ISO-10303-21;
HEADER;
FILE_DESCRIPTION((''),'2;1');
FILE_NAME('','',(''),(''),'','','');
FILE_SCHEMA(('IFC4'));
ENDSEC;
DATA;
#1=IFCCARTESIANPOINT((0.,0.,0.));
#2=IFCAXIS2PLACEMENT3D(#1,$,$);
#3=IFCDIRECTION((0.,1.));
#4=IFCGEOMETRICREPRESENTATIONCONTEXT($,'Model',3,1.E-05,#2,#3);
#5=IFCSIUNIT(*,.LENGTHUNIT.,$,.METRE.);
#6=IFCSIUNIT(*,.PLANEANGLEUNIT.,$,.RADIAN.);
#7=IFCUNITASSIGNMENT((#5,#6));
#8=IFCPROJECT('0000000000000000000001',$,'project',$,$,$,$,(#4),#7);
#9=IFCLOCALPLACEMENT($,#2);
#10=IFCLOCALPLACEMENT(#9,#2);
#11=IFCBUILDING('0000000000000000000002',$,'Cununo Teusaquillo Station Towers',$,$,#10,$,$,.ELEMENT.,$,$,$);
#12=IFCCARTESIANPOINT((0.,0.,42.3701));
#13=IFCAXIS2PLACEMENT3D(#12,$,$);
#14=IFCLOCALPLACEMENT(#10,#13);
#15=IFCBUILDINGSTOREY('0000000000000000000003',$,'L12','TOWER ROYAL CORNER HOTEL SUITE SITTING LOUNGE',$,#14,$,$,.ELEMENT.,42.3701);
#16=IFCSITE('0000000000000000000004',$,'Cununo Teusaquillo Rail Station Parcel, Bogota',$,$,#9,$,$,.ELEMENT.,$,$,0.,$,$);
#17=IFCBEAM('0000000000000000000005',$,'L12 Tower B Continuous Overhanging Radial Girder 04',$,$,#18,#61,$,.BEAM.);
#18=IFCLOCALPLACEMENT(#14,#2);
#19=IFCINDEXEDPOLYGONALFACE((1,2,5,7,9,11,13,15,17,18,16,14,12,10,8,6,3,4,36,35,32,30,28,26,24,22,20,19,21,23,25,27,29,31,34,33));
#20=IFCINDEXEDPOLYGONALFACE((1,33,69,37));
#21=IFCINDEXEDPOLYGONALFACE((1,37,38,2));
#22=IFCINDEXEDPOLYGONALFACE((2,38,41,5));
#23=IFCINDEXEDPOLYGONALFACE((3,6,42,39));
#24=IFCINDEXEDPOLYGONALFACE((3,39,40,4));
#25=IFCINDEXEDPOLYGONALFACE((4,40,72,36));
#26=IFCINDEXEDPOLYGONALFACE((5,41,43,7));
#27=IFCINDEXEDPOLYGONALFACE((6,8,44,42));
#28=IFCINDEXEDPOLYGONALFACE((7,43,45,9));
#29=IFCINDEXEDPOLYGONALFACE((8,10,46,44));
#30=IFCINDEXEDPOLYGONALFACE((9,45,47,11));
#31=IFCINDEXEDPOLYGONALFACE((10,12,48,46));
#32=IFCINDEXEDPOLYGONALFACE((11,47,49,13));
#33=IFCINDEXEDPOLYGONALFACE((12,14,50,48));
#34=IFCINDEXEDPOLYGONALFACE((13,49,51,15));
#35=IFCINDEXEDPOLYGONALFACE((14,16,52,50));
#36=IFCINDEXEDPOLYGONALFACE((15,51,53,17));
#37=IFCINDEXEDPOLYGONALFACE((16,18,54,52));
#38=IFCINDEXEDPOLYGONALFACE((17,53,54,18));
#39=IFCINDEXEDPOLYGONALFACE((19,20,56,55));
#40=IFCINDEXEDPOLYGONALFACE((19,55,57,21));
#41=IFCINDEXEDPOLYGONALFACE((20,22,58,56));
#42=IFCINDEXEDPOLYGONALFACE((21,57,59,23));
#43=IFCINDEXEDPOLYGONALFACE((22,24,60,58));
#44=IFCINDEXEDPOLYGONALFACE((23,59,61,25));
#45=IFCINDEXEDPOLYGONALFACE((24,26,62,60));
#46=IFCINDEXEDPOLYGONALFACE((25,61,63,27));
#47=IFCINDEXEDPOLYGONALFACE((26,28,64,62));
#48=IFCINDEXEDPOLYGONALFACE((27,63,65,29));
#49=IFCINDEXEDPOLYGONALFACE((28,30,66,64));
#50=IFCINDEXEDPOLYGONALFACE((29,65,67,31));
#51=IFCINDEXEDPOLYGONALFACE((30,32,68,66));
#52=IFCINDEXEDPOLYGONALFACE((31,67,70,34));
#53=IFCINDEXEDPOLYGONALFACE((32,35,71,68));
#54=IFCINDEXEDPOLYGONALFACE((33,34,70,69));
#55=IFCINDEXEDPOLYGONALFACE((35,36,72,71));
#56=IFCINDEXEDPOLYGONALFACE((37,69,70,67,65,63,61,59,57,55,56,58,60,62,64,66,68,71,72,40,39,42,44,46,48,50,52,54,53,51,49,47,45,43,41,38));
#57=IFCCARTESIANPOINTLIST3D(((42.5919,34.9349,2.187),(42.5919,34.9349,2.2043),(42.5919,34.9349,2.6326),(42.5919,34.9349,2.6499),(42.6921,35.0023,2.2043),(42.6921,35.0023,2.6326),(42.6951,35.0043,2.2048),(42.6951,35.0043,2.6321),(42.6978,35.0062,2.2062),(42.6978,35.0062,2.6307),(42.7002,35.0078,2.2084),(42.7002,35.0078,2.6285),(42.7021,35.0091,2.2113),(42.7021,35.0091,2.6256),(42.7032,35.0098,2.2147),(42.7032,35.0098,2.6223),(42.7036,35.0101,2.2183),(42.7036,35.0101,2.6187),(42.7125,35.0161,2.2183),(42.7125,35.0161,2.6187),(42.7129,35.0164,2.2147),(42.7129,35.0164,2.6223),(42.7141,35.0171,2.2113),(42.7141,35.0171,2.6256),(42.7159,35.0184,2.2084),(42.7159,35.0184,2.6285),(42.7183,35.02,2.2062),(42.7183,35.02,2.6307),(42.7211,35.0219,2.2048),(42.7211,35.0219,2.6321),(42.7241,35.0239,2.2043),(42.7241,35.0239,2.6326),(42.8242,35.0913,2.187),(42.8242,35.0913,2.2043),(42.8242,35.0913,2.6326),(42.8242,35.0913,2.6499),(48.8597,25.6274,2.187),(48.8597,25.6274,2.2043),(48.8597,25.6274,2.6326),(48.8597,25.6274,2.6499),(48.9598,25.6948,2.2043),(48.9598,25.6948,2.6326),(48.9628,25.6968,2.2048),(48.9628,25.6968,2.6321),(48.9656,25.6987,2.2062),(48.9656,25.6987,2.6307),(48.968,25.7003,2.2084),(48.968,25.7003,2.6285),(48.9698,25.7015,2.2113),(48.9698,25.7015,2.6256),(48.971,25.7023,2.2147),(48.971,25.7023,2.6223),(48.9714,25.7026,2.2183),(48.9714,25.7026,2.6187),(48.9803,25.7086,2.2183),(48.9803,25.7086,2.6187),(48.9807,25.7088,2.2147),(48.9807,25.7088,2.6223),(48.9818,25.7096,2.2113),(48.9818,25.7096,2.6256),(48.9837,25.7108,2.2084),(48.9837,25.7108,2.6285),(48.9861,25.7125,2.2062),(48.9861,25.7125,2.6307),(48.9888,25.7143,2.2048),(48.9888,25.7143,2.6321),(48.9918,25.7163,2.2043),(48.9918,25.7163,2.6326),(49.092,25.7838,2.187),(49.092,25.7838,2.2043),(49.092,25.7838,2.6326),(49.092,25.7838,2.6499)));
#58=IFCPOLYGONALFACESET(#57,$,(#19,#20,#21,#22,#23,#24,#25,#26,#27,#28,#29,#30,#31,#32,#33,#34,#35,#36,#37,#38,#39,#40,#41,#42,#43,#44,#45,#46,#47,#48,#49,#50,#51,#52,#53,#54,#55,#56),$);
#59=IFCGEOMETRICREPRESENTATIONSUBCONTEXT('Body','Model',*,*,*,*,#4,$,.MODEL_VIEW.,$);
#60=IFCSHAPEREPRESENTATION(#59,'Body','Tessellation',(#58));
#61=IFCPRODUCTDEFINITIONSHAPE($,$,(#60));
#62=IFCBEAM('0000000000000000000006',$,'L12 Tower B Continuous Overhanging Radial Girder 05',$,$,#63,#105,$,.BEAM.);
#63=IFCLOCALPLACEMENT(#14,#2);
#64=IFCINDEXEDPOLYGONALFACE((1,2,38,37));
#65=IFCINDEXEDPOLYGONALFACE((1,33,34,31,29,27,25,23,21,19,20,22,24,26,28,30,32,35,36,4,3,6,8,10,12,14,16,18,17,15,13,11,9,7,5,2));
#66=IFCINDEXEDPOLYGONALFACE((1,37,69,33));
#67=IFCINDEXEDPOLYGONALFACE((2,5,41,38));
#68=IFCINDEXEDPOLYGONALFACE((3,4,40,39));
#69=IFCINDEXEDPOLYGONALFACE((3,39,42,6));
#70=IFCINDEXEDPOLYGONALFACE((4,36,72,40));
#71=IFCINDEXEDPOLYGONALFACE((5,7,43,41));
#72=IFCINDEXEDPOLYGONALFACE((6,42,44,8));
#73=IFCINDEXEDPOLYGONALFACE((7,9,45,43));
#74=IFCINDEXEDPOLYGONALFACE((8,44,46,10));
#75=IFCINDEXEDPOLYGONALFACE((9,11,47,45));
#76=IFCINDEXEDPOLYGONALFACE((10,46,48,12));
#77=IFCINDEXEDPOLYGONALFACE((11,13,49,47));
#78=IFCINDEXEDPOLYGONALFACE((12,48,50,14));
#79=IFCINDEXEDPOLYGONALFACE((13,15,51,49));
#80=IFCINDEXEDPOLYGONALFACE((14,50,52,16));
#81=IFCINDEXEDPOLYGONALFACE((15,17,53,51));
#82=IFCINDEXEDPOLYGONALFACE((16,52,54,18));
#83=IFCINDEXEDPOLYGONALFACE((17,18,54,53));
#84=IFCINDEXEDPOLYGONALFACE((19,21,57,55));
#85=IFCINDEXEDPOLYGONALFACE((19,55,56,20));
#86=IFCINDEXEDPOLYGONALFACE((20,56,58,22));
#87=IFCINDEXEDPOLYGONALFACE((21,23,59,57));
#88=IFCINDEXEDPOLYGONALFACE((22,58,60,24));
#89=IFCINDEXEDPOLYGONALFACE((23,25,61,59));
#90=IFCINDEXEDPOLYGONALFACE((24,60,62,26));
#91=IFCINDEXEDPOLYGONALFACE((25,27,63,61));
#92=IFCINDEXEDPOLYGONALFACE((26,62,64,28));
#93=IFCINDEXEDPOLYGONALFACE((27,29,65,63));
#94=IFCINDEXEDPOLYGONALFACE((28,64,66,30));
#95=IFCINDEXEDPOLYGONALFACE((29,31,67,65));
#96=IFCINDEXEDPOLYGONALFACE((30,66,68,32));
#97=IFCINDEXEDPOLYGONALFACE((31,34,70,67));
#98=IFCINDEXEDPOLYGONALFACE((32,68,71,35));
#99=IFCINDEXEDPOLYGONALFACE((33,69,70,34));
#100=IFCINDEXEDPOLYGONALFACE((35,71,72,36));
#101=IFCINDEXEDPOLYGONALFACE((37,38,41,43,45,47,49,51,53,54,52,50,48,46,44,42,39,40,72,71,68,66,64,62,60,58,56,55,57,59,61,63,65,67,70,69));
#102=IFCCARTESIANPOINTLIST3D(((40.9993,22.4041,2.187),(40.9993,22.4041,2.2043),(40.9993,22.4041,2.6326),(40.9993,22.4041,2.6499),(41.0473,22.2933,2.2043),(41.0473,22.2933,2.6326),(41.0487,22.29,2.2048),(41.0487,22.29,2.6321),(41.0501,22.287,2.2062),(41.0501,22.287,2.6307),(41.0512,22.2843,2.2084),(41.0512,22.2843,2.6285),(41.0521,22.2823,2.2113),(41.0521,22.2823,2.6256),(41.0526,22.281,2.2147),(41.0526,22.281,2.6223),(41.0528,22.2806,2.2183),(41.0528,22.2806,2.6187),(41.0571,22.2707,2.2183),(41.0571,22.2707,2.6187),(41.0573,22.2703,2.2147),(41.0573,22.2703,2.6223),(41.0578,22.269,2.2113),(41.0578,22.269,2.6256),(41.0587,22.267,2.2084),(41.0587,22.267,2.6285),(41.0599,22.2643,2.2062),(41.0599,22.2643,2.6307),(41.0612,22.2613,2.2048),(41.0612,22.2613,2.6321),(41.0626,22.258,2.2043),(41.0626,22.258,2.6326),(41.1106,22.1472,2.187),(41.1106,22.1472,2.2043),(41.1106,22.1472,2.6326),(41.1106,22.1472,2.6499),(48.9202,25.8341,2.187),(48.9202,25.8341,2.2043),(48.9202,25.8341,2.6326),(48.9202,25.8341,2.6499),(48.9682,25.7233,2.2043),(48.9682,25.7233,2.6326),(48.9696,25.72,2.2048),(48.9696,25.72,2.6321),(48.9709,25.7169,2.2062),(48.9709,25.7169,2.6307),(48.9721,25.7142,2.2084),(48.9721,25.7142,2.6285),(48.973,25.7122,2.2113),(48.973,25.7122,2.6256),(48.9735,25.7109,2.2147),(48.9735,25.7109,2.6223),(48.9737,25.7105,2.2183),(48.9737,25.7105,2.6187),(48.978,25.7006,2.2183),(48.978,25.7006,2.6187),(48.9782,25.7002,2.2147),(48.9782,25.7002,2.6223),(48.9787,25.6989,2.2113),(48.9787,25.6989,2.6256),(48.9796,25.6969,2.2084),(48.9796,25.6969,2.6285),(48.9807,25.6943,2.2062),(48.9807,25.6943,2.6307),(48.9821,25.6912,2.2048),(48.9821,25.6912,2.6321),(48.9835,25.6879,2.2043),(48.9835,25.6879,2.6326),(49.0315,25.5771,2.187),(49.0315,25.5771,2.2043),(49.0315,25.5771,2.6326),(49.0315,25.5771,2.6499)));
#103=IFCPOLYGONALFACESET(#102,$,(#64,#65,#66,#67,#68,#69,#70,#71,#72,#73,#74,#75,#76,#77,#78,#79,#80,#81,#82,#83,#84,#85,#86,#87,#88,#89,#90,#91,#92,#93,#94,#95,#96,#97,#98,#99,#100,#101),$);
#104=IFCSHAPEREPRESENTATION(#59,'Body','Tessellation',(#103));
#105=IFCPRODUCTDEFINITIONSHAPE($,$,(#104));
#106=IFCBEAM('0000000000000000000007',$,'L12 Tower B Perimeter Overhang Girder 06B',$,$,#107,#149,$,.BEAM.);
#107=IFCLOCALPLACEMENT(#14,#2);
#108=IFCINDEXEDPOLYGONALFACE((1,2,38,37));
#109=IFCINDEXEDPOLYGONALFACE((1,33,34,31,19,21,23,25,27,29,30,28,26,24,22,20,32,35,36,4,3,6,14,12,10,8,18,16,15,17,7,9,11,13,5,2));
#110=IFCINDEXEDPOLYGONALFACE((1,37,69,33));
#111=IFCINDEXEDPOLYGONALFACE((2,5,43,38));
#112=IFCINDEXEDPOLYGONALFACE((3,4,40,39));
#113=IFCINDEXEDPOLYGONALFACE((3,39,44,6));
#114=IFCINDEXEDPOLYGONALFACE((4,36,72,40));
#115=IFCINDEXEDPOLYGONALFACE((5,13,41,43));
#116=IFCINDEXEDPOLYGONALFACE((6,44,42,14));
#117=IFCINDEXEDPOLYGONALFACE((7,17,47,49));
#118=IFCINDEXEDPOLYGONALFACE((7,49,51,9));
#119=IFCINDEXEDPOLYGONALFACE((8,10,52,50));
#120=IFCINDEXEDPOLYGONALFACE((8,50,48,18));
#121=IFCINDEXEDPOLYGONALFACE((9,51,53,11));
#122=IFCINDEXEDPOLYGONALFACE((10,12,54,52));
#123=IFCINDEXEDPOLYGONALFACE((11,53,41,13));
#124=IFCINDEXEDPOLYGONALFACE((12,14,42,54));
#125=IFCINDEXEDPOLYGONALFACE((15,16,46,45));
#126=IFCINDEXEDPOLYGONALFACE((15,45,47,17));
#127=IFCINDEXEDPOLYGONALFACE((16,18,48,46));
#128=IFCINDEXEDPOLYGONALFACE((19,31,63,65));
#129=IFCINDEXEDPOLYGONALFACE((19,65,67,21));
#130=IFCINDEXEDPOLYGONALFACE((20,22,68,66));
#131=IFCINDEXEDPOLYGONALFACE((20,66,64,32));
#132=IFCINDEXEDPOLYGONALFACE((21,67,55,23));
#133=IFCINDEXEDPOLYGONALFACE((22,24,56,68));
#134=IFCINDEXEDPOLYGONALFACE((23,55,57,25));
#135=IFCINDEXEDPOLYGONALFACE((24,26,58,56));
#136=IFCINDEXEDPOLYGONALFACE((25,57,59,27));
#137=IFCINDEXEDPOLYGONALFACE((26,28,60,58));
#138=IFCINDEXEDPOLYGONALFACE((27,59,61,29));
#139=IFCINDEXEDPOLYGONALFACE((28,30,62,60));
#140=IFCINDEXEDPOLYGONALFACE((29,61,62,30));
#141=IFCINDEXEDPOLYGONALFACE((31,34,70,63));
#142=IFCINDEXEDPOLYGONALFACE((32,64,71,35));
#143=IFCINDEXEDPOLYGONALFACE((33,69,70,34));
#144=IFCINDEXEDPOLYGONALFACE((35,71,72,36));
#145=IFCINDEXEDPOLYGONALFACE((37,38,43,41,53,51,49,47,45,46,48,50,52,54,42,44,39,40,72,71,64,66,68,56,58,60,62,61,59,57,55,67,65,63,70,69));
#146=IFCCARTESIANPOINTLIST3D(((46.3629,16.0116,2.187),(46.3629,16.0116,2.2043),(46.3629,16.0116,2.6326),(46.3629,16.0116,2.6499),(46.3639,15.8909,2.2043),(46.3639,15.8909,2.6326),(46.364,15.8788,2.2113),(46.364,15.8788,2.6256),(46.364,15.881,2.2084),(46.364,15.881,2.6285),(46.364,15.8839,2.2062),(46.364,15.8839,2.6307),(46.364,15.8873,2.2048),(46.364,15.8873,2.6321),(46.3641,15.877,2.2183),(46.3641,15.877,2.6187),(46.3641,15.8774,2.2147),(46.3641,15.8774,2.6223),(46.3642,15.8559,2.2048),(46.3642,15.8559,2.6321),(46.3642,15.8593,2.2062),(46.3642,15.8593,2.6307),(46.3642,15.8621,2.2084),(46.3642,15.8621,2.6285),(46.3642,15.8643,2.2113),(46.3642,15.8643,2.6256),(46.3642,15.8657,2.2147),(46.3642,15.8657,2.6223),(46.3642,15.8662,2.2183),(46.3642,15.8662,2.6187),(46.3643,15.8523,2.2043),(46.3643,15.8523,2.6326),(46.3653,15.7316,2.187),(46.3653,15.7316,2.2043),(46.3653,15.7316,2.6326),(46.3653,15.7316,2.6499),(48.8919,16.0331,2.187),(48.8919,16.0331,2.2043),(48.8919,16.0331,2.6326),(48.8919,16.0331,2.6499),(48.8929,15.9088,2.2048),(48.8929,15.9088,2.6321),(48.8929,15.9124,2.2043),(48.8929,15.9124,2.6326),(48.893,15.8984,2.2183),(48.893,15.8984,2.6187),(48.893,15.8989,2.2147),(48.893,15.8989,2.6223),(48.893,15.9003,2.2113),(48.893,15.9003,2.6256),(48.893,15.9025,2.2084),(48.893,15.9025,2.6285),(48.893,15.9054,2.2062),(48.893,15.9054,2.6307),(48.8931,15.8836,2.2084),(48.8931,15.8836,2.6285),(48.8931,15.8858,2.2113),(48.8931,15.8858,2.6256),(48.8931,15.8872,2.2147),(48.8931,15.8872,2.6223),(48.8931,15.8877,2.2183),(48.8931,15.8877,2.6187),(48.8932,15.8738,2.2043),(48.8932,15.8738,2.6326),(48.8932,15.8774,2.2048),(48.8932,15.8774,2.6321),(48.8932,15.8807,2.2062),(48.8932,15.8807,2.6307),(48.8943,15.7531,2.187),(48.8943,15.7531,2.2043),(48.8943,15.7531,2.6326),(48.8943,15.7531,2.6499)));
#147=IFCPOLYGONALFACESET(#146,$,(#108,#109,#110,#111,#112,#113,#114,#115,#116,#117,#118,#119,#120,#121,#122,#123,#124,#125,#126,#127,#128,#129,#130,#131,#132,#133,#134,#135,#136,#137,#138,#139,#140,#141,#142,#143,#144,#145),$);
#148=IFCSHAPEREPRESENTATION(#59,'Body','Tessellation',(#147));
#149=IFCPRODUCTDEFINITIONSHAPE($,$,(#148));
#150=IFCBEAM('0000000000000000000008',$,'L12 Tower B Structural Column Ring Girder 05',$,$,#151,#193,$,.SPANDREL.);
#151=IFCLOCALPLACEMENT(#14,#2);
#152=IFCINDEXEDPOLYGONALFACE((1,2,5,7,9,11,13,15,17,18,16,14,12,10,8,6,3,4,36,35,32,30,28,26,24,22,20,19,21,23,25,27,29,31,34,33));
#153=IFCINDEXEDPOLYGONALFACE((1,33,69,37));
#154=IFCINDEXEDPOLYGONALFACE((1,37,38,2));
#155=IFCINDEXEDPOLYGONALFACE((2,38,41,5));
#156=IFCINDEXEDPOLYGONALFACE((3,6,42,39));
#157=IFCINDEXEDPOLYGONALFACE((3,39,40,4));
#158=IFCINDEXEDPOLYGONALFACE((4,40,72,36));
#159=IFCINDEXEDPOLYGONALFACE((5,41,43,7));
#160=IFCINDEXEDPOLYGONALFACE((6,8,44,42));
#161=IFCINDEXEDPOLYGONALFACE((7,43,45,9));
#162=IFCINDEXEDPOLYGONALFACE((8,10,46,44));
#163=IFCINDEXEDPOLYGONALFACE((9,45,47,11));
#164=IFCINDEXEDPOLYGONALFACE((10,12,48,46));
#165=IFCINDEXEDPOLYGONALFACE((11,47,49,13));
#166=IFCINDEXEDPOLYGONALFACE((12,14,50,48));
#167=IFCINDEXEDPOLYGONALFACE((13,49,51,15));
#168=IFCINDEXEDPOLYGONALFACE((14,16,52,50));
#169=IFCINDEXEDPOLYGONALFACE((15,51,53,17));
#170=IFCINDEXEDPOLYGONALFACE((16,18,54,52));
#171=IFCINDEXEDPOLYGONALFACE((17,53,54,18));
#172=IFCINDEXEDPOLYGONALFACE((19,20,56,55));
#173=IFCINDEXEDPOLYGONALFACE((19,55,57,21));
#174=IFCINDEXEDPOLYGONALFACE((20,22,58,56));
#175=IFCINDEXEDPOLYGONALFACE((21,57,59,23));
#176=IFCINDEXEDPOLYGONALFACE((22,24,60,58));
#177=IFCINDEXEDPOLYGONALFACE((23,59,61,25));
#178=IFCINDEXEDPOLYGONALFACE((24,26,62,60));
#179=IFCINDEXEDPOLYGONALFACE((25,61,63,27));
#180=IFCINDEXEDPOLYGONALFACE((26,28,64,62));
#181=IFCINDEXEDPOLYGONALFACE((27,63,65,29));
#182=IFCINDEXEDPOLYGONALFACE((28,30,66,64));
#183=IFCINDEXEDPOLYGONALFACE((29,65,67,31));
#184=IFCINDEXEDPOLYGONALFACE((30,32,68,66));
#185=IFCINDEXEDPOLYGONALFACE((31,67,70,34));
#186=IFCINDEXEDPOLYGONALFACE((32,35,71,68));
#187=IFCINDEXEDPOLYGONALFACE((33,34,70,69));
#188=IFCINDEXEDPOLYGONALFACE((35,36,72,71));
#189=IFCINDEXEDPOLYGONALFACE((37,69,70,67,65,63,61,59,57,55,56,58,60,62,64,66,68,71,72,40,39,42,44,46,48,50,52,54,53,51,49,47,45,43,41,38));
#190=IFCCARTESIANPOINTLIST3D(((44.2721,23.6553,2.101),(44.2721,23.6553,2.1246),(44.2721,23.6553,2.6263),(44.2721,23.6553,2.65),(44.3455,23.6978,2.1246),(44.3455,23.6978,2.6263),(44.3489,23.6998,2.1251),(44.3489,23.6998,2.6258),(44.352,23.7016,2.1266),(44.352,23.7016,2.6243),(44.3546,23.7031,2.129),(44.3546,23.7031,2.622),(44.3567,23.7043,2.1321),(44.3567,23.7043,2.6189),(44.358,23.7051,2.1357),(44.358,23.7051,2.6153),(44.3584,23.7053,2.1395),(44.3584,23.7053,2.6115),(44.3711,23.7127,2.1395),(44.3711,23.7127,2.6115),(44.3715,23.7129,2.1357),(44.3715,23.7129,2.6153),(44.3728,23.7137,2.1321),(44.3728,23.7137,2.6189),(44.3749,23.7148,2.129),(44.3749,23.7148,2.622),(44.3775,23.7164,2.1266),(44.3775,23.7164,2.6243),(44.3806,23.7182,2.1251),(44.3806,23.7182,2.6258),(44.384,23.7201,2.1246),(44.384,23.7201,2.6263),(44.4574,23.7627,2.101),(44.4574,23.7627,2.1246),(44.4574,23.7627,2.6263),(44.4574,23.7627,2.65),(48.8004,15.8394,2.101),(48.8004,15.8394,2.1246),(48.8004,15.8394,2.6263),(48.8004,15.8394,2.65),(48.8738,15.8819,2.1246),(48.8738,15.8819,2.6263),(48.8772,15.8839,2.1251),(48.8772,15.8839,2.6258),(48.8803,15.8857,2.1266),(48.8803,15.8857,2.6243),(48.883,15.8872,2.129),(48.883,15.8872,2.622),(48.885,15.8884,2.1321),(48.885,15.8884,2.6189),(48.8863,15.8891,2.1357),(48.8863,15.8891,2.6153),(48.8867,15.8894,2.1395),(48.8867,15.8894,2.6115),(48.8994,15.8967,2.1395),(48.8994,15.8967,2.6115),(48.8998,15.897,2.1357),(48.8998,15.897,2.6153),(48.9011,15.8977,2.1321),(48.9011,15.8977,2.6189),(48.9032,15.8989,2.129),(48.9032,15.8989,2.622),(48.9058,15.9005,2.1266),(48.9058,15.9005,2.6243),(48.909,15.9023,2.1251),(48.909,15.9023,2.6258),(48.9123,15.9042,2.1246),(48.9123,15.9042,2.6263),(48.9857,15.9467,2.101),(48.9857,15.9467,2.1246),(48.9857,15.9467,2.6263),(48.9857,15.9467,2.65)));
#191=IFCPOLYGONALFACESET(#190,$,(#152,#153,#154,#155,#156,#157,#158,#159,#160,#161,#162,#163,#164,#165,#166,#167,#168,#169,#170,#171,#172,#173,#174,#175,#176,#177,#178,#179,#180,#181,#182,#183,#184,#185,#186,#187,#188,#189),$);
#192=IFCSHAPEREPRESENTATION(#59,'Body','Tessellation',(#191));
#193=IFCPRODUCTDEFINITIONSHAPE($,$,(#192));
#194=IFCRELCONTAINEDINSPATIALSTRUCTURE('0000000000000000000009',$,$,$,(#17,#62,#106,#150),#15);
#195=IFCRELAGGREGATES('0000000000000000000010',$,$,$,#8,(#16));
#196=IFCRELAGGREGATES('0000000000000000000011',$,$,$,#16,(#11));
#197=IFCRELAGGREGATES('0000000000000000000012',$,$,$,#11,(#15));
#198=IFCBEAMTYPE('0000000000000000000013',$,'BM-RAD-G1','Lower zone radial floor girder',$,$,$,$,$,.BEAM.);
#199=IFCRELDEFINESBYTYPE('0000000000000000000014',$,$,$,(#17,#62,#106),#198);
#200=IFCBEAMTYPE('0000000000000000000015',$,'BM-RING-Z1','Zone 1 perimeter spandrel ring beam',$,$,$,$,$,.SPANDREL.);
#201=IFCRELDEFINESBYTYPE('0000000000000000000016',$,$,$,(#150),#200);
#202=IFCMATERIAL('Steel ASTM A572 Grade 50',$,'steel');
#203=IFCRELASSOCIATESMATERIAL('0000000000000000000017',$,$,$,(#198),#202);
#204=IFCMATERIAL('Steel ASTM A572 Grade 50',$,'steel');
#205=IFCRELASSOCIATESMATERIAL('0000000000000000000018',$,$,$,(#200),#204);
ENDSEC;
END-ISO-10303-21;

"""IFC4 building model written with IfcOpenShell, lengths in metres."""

from ifc_helpers import new_model, si_unit, direction, frame, origin, origin_2d, place, context, subcontext, project, spatial, i_section, extrude, material, material_profile, profile_set, type_object, element, save


model = new_model("IFC4")

# Units and contexts
model_context = context("Model", 3, precision=1e-05, world=origin(), true_north=direction((0.0, 1.0)))
body_context = subcontext(model_context, "Body", "Model", "MODEL_VIEW")
ifc_project = project(units=[si_unit("LENGTHUNIT", "METRE"), si_unit("PLANEANGLEUNIT", "RADIAN")], contexts=[model_context])

# Site, building, storey
site_placement = place(None, origin())
site = spatial("IfcSite", under=ifc_project, at=site_placement, Name="Cununo Teusaquillo Rail Station Parcel, Bogota", CompositionType="ELEMENT", RefElevation=0.0)
building_placement = place(site_placement, origin())
building = spatial("IfcBuilding", under=site, at=building_placement, Name="Cununo Teusaquillo Station Towers", CompositionType="ELEMENT")
storey_placement = place(building_placement, frame((0.0, 0.0, 42.3701)))
storey = spatial("IfcBuildingStorey", under=building, at=storey_placement, Name="L12", Description="TOWER ROYAL CORNER HOTEL SUITE SITTING LOUNGE", CompositionType="ELEMENT", Elevation=42.3701)

# Beams
ifc_material_1 = material(Name="Steel ASTM A572 Grade 50", Category="steel")
ifc_material_profile_1 = material_profile(ifc_material_1, i_section(OverallWidth=0.28, OverallDepth=0.4629, WebThickness=0.0107, FlangeThickness=0.0173, FilletRadius=0.0139, at=origin_2d()), Name="W18X76")
ifc_profile_set_1 = profile_set([ifc_material_profile_1], Name="Steel ASTM A572 Grade 50")
beam_type_1 = type_object("IfcBeamType", Name="BM-RAD-G1", Description="Lower zone radial floor girder", PredefinedType="BEAM", material=ifc_profile_set_1)
beam_1_placement = place(storey_placement, frame((48.9758, 25.7056, 2.4185), z_axis=(-0.558565, 0.829461, 0.0), x_axis=(-0.829461, -0.558565, 0.0)))
element("IfcBeam", 1, at=beam_1_placement, inside=storey, type_object=beam_type_1, Name="L12 Tower B Continuous Overhanging Radial Girder 04", PredefinedType="BEAM", context=body_context, shape_type="SweptSolid", body=[
    extrude(i_section(OverallWidth=0.28, OverallDepth=0.4629, WebThickness=0.0107, FlangeThickness=0.0173, FilletRadius=0.0139, at=origin_2d()), origin(), (0.0, 0.0, 1.0), 11.2212),
])
beam_2_placement = place(storey_placement, frame((48.9758, 25.7056, 2.4185), z_axis=(-0.917659, -0.397368, 0.0), x_axis=(0.397368, -0.917659, 0.0)))
element("IfcBeam", 2, at=beam_2_placement, inside=storey, type_object=beam_type_1, Name="L12 Tower B Continuous Overhanging Radial Girder 05", PredefinedType="BEAM", context=body_context, shape_type="SweptSolid", body=[
    extrude(i_section(OverallWidth=0.28, OverallDepth=0.4629, WebThickness=0.0107, FlangeThickness=0.0173, FilletRadius=0.0139, at=origin_2d()), origin(), (0.0, 0.0, 1.0), 8.6316),
])
beam_3_placement = place(storey_placement, frame((48.8931, 15.8931, 2.4185), z_axis=(-0.999964, -0.008495, 0.0), x_axis=(0.008495, -0.999964, 0.0)))
element("IfcBeam", 3, at=beam_3_placement, inside=storey, type_object=beam_type_1, Name="L12 Tower B Perimeter Overhang Girder 06B", PredefinedType="BEAM", context=body_context, shape_type="SweptSolid", body=[
    extrude(i_section(OverallWidth=0.28, OverallDepth=0.4629, WebThickness=0.0107, FlangeThickness=0.0173, FilletRadius=0.0139, at=origin_2d()), origin(), (0.0, 0.0, 1.0), 2.5291),
])
ifc_material_2 = material(Name="Steel ASTM A572 Grade 50", Category="steel")
ifc_material_profile_2 = material_profile(ifc_material_2, i_section(OverallWidth=0.2141, OverallDepth=0.5491, WebThickness=0.0146, FlangeThickness=0.0237, FilletRadius=0.0149, at=origin_2d()), Name="W21X93")
ifc_profile_set_2 = profile_set([ifc_material_profile_2], Name="Steel ASTM A572 Grade 50")
beam_type_2 = type_object("IfcBeamType", Name="BM-RING-Z1", Description="Zone 1 perimeter spandrel ring beam", PredefinedType="SPANDREL", material=ifc_profile_set_2)
for number, where, z_axis, x_axis, name in (
    (4, (44.3647, 23.709, 2.3755), (0.501311, -0.865267, 0.0), (0.865267, 0.501311, 0.0), "L12 Tower B Structural Column Ring Girder 05"),
):
    element("IfcBeam", number, at=place(storey_placement, frame(where, z_axis=z_axis, x_axis=x_axis)), inside=storey, type_object=beam_type_2, Name=name, PredefinedType="SPANDREL", context=body_context, shape_type="SweptSolid", body=[
        extrude(i_section(OverallWidth=0.2141, OverallDepth=0.5491, WebThickness=0.0146, FlangeThickness=0.0237, FilletRadius=0.0149, at=origin_2d()), origin(), (0.0, 0.0, 1.0), 9.033),
    ])

save(model, "model.ifc")
